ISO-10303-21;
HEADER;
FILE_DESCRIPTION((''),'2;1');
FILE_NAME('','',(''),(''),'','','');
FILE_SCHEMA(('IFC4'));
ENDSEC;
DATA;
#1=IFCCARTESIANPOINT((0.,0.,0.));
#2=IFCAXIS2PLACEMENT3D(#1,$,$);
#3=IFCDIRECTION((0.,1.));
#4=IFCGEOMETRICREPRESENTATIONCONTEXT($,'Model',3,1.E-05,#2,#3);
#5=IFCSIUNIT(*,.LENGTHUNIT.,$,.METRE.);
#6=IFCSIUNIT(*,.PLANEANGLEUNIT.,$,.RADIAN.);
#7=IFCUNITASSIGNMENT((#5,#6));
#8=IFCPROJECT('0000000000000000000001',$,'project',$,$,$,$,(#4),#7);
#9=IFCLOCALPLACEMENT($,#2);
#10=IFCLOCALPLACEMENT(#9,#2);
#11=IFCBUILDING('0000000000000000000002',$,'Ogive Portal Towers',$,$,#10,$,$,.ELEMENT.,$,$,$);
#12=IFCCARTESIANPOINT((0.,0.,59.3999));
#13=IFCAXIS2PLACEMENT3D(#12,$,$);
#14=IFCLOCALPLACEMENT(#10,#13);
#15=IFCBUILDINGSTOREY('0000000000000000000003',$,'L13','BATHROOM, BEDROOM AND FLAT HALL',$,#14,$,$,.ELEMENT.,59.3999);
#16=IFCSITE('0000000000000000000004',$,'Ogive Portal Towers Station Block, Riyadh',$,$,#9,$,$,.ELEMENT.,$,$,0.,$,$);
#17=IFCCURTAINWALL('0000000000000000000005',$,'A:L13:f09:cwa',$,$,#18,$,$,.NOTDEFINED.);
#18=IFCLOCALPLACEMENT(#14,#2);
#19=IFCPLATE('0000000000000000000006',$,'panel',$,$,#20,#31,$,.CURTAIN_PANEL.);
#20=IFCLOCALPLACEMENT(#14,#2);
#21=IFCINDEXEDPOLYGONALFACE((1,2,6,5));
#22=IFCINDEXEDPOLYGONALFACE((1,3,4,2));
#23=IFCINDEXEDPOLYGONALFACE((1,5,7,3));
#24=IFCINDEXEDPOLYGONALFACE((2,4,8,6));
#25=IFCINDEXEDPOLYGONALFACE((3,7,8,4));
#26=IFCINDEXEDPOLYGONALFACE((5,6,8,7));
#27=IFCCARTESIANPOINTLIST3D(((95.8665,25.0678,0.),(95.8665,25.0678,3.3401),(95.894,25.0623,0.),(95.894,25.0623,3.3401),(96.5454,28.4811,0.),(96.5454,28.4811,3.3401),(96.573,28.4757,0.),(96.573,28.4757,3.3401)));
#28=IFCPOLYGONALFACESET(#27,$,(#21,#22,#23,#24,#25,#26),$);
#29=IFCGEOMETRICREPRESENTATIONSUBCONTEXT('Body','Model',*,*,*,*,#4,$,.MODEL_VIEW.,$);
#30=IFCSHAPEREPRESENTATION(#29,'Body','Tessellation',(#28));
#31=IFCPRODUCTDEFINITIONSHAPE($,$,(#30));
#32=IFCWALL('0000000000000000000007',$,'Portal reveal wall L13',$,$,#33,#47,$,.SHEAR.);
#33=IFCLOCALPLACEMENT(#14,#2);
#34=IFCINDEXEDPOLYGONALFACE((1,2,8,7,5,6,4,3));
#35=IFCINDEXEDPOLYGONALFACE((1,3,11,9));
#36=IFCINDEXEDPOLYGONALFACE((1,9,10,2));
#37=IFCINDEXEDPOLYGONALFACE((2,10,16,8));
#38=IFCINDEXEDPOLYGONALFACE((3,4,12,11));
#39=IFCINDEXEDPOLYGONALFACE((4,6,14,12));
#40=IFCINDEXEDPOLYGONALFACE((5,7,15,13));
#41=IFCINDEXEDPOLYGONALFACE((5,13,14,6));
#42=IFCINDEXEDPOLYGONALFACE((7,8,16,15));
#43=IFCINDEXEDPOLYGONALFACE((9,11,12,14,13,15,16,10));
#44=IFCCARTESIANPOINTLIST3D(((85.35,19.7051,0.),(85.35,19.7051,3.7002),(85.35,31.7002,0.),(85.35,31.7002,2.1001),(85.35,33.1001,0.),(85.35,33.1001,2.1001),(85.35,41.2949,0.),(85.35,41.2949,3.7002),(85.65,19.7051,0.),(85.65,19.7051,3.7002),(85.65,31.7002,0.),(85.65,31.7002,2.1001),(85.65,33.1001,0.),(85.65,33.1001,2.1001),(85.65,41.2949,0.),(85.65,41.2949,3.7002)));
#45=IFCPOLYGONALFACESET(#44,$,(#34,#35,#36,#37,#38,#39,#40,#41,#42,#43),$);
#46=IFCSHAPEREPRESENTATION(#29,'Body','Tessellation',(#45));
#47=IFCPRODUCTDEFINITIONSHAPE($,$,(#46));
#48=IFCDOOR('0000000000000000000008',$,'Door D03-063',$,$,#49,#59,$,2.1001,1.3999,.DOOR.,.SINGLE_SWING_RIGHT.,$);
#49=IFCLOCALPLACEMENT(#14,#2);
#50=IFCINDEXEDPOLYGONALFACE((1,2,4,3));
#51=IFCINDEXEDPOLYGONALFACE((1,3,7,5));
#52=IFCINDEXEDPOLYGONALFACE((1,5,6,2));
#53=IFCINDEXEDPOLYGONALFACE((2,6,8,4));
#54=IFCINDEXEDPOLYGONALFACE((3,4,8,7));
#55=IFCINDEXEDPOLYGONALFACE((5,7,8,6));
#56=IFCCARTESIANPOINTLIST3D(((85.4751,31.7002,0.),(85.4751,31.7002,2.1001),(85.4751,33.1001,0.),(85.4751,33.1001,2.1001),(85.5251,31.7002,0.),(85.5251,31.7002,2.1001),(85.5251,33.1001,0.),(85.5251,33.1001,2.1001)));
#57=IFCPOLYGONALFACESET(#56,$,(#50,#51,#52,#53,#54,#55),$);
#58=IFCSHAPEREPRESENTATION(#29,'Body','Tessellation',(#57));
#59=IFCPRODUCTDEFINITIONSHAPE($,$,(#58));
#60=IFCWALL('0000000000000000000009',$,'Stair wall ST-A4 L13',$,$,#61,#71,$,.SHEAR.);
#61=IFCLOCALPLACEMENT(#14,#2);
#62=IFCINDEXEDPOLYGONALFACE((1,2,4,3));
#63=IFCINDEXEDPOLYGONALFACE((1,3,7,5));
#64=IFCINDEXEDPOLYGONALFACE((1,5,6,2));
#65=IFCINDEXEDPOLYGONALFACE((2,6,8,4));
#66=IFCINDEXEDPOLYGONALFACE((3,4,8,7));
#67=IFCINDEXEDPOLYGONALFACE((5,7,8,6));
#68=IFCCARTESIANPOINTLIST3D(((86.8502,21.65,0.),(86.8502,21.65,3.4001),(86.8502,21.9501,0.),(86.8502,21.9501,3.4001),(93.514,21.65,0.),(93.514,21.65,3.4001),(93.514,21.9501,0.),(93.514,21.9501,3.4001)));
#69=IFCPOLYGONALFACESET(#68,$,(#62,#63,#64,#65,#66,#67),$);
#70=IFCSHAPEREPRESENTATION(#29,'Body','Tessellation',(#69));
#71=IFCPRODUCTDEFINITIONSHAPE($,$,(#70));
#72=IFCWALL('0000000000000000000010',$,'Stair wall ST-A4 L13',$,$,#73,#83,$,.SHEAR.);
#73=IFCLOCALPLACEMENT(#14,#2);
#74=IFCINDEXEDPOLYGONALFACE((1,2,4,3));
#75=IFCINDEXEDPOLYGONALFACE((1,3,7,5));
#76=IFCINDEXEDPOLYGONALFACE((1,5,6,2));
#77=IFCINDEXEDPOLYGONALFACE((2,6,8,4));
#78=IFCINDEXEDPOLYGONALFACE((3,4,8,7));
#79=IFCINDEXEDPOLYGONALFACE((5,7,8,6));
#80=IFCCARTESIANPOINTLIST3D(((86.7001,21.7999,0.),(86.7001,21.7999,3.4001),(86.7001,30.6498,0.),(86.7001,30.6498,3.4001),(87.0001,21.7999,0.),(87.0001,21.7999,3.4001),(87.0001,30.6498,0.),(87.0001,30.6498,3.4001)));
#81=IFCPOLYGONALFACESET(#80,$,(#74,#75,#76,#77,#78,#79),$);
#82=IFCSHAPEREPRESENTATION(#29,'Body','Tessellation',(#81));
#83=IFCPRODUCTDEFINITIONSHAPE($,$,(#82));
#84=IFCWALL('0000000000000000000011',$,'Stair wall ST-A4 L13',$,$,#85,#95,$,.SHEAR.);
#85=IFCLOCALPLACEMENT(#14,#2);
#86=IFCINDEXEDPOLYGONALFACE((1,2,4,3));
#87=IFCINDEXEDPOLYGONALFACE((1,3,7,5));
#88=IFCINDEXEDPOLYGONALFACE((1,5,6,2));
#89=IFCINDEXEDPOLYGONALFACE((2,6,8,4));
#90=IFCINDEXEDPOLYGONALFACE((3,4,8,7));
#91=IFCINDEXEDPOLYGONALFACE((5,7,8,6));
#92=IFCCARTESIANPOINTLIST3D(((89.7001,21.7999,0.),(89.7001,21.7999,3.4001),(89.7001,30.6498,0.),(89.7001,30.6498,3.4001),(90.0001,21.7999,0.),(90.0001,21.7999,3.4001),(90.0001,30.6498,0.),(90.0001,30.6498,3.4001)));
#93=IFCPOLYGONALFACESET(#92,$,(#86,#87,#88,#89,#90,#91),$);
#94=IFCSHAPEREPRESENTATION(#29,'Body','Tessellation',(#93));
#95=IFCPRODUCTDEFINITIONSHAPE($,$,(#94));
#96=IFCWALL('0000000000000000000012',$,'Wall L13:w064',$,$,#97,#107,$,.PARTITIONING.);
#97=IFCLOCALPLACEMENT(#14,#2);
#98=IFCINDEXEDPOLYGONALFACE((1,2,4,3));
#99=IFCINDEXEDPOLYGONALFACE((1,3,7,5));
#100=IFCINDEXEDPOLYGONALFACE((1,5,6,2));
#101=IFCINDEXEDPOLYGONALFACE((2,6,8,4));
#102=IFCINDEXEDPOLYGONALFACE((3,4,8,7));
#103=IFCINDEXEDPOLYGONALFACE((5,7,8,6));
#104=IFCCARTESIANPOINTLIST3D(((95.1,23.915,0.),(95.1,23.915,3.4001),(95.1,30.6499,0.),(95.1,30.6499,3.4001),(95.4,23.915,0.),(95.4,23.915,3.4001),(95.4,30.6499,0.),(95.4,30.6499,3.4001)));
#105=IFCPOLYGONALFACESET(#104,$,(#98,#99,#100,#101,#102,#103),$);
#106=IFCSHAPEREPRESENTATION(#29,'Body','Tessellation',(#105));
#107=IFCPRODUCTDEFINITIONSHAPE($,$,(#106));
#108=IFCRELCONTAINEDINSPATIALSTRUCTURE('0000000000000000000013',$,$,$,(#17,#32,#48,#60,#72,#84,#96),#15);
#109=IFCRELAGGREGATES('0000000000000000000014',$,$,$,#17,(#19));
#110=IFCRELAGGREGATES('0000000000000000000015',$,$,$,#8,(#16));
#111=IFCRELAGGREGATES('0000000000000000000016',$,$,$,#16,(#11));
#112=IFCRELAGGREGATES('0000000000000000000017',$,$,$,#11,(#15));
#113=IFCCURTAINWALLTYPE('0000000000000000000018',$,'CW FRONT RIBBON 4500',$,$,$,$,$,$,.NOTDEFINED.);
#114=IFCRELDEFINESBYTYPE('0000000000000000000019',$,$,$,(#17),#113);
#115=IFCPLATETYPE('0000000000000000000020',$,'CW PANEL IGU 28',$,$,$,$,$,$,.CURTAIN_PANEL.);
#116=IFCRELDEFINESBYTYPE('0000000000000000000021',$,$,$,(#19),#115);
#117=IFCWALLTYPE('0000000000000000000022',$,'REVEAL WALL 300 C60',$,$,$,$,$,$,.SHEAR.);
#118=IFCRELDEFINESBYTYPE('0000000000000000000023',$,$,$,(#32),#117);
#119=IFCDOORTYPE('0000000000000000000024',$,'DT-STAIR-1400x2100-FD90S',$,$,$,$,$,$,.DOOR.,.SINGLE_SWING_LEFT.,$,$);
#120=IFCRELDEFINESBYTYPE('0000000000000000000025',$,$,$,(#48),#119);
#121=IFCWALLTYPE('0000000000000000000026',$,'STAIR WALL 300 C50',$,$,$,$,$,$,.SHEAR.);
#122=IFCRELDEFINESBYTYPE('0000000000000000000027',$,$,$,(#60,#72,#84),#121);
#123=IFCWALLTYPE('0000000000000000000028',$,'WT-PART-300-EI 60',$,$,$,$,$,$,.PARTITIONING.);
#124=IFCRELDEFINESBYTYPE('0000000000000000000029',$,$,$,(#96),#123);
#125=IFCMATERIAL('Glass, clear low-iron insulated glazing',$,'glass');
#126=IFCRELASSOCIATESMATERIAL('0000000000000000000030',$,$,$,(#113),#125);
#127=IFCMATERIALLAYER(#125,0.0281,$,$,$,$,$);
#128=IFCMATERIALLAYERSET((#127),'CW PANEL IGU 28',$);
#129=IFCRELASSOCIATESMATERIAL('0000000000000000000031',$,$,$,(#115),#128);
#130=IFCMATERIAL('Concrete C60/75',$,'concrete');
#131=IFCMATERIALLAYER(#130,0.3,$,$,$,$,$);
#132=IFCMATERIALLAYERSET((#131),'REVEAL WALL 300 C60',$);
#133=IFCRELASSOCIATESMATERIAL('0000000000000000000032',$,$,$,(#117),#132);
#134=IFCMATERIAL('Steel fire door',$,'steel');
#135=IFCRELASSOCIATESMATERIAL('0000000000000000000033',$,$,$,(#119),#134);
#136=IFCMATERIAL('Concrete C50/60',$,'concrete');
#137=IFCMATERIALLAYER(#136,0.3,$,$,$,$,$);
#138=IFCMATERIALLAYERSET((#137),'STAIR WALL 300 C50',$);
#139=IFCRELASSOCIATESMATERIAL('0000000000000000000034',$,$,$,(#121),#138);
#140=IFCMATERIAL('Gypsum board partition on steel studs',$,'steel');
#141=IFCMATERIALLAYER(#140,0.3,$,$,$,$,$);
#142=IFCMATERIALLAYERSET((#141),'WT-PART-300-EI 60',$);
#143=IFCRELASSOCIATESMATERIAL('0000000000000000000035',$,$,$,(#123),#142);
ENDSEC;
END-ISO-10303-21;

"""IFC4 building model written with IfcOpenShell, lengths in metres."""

from ifc_helpers import new_model, si_unit, direction, frame, frame_2d, origin, origin_2d, place, context, subcontext, project, spatial, rectangle, extrude, material, layer, layer_set, type_object, element, fill, aggregate, save


model = new_model("IFC4")

# Units and contexts
model_context = context("Model", 3, precision=1e-05, world=origin(), true_north=direction((0.0, 1.0)))
body_context = subcontext(model_context, "Body", "Model", "MODEL_VIEW")
ifc_project = project(units=[si_unit("LENGTHUNIT", "METRE"), si_unit("PLANEANGLEUNIT", "RADIAN")], contexts=[model_context])

# Site, building, storey
site_placement = place(None, origin())
site = spatial("IfcSite", under=ifc_project, at=site_placement, Name="Ogive Portal Towers Station Block, Riyadh", CompositionType="ELEMENT", RefElevation=0.0)
building_placement = place(site_placement, origin())
building = spatial("IfcBuilding", under=site, at=building_placement, Name="Ogive Portal Towers", CompositionType="ELEMENT")
storey_placement = place(building_placement, frame((0.0, 0.0, 59.3999)))
storey = spatial("IfcBuildingStorey", under=building, at=storey_placement, Name="L13", Description="BATHROOM, BEDROOM AND FLAT HALL", CompositionType="ELEMENT", Elevation=59.3999)

# Shared definitions
ifc_material_1 = material(Name="Concrete C60/75", Category="concrete")

# Shared definitions
ifc_material_2 = material(Name="Glass, clear low-iron insulated glazing", Category="glass")
curtain_wall_type = type_object("IfcCurtainWallType", Name="CW FRONT RIBBON 4500", PredefinedType="NOTDEFINED", material=ifc_material_2)

# Curtain wall
curtain_wall_1_placement = place(storey_placement, origin())
curtain_wall_1 = element("IfcCurtainWall", 1, at=curtain_wall_1_placement, inside=storey, type_object=curtain_wall_type, Name="A:L13:f09:cwa", PredefinedType="NOTDEFINED")

# Plate
ifc_layer_1 = layer(ifc_material_2, 0.0281)
ifc_layer_set_1 = layer_set([ifc_layer_1], Name="CW PANEL IGU 28")
plate_type = type_object("IfcPlateType", Name="CW PANEL IGU 28", PredefinedType="CURTAIN_PANEL", material=ifc_layer_set_1)
plate_1_placement = place(storey_placement, frame((96.2197, 26.7717, 0.0), z_axis=(0.0, 0.0, 1.0), x_axis=(0.19509, 0.980785, 0.0)))
plate_1 = element("IfcPlate", 2, at=plate_1_placement, type_object=plate_type, Name="panel", PredefinedType="CURTAIN_PANEL", context=body_context, shape_type="SweptSolid", body=[
    extrude(rectangle(XDim=3.4802, YDim=0.0281, at=origin_2d()), origin(), (0.0, 0.0, 1.0), 3.3401),
])
aggregate(curtain_wall_1, [plate_1])

# Wall, opening, door
ifc_layer_2 = layer(ifc_material_1, 0.3)
ifc_layer_set_2 = layer_set([ifc_layer_2], Name="REVEAL WALL 300 C60")
wall_type_1 = type_object("IfcWallType", Name="REVEAL WALL 300 C60", PredefinedType="SHEAR", material=ifc_layer_set_2)
wall_1_placement = place(storey_placement, frame((85.5, 19.7051, 0.0), z_axis=(0.0, 0.0, 1.0), x_axis=(0.0, 1.0, 0.0)))
wall_1 = element("IfcWall", 3, at=wall_1_placement, inside=storey, type_object=wall_type_1, Name="Portal reveal wall L13", PredefinedType="SHEAR", context=body_context, shape_type="SweptSolid", body=[
    extrude(rectangle(XDim=21.5898, YDim=0.3, at=frame_2d((10.7949, 0.0))), origin(), (0.0, 0.0, 1.0), 3.7002),
])
opening_placement = place(wall_1_placement, frame((11.9951, 0.0, 0.0)))
opening = element("IfcOpeningElement", 4, at=opening_placement, cuts=wall_1, PredefinedType="OPENING", context=body_context, shape_type="SweptSolid", body=[
    extrude(rectangle(XDim=1.3999, YDim=2.1001, at=frame_2d((0.7, 1.05))), frame((0.0, 0.1602, 0.0), z_axis=(0.0, -1.0, 0.0), x_axis=(1.0, 0.0, 0.0)), (0.0, 0.0, 1.0), 0.3201),
])
ifc_material_3 = material(Name="Steel fire door", Category="steel")
door_type = type_object("IfcDoorType", Name="DT-STAIR-1400x2100-FD90S", OperationType="SINGLE_SWING_LEFT", PredefinedType="DOOR", material=ifc_material_3)
door_placement = place(opening_placement, origin())
door = element("IfcDoor", 5, at=door_placement, inside=storey, type_object=door_type, Name="Door D03-063", OperationType="SINGLE_SWING_RIGHT", OverallHeight=2.1001, OverallWidth=1.3999, PredefinedType="DOOR", context=body_context, shape_type="SweptSolid", body=[
    extrude(rectangle(XDim=1.3999, YDim=2.1001, at=frame_2d((0.7, 1.05))), frame((0.0, 0.0249, 0.0), z_axis=(0.0, -1.0, 0.0), x_axis=(1.0, 0.0, 0.0)), (0.0, 0.0, 1.0), 0.05),
])
fill(opening, door)

# Walls
ifc_material_4 = material(Name="Concrete C50/60", Category="concrete")
ifc_layer_3 = layer(ifc_material_4, 0.3)
ifc_layer_set_3 = layer_set([ifc_layer_3], Name="STAIR WALL 300 C50")
wall_type_2 = type_object("IfcWallType", Name="STAIR WALL 300 C50", PredefinedType="SHEAR", material=ifc_layer_set_3)
wall_2_placement = place(storey_placement, frame((86.8501, 21.8, 0.0), z_axis=(0.0, 0.0, 1.0), x_axis=(1.0, 0.0, 0.0)))
element("IfcWall", 6, at=wall_2_placement, inside=storey, type_object=wall_type_2, Name="Stair wall ST-A4 L13", PredefinedType="SHEAR", context=body_context, shape_type="SweptSolid", body=[
    extrude(rectangle(XDim=6.6638, YDim=0.3, at=frame_2d((3.332, 0.0))), origin(), (0.0, 0.0, 1.0), 3.4001),
])
for number, where, z_axis, x_axis, name in (
    (7, (86.8501, 21.8, 0.0), (0.0, 0.0, 1.0), (0.0, 1.0, 0.0), "Stair wall ST-A4 L13"),
    (8, (89.8501, 21.8, 0.0), (0.0, 0.0, 1.0), (0.0, 1.0, 0.0), "Stair wall ST-A4 L13"),
):
    element("IfcWall", number, at=place(storey_placement, frame(where, z_axis=z_axis, x_axis=x_axis)), inside=storey, type_object=wall_type_2, Name=name, PredefinedType="SHEAR", context=body_context, shape_type="SweptSolid", body=[
        extrude(rectangle(XDim=8.8499, YDim=0.3, at=frame_2d((4.4248, 0.0))), origin(), (0.0, 0.0, 1.0), 3.4001),
    ])
ifc_material_5 = material(Name="Gypsum board partition on steel studs", Category="steel")
ifc_layer_4 = layer(ifc_material_5, 0.3)
ifc_layer_set_4 = layer_set([ifc_layer_4], Name="WT-PART-300-EI 60")
wall_type_3 = type_object("IfcWallType", Name="WT-PART-300-EI 60", PredefinedType="PARTITIONING", material=ifc_layer_set_4)
wall_3_placement = place(storey_placement, frame((95.25, 23.915, 0.0), z_axis=(0.0, 0.0, 1.0), x_axis=(0.0, 1.0, 0.0)))
element("IfcWall", 9, at=wall_3_placement, inside=storey, type_object=wall_type_3, Name="Wall L13:w064", PredefinedType="PARTITIONING", context=body_context, shape_type="SweptSolid", body=[
    extrude(rectangle(XDim=6.7349, YDim=0.3, at=frame_2d((3.3674, 0.0))), origin(), (0.0, 0.0, 1.0), 3.4001),
])

save(model, "model.ifc")
